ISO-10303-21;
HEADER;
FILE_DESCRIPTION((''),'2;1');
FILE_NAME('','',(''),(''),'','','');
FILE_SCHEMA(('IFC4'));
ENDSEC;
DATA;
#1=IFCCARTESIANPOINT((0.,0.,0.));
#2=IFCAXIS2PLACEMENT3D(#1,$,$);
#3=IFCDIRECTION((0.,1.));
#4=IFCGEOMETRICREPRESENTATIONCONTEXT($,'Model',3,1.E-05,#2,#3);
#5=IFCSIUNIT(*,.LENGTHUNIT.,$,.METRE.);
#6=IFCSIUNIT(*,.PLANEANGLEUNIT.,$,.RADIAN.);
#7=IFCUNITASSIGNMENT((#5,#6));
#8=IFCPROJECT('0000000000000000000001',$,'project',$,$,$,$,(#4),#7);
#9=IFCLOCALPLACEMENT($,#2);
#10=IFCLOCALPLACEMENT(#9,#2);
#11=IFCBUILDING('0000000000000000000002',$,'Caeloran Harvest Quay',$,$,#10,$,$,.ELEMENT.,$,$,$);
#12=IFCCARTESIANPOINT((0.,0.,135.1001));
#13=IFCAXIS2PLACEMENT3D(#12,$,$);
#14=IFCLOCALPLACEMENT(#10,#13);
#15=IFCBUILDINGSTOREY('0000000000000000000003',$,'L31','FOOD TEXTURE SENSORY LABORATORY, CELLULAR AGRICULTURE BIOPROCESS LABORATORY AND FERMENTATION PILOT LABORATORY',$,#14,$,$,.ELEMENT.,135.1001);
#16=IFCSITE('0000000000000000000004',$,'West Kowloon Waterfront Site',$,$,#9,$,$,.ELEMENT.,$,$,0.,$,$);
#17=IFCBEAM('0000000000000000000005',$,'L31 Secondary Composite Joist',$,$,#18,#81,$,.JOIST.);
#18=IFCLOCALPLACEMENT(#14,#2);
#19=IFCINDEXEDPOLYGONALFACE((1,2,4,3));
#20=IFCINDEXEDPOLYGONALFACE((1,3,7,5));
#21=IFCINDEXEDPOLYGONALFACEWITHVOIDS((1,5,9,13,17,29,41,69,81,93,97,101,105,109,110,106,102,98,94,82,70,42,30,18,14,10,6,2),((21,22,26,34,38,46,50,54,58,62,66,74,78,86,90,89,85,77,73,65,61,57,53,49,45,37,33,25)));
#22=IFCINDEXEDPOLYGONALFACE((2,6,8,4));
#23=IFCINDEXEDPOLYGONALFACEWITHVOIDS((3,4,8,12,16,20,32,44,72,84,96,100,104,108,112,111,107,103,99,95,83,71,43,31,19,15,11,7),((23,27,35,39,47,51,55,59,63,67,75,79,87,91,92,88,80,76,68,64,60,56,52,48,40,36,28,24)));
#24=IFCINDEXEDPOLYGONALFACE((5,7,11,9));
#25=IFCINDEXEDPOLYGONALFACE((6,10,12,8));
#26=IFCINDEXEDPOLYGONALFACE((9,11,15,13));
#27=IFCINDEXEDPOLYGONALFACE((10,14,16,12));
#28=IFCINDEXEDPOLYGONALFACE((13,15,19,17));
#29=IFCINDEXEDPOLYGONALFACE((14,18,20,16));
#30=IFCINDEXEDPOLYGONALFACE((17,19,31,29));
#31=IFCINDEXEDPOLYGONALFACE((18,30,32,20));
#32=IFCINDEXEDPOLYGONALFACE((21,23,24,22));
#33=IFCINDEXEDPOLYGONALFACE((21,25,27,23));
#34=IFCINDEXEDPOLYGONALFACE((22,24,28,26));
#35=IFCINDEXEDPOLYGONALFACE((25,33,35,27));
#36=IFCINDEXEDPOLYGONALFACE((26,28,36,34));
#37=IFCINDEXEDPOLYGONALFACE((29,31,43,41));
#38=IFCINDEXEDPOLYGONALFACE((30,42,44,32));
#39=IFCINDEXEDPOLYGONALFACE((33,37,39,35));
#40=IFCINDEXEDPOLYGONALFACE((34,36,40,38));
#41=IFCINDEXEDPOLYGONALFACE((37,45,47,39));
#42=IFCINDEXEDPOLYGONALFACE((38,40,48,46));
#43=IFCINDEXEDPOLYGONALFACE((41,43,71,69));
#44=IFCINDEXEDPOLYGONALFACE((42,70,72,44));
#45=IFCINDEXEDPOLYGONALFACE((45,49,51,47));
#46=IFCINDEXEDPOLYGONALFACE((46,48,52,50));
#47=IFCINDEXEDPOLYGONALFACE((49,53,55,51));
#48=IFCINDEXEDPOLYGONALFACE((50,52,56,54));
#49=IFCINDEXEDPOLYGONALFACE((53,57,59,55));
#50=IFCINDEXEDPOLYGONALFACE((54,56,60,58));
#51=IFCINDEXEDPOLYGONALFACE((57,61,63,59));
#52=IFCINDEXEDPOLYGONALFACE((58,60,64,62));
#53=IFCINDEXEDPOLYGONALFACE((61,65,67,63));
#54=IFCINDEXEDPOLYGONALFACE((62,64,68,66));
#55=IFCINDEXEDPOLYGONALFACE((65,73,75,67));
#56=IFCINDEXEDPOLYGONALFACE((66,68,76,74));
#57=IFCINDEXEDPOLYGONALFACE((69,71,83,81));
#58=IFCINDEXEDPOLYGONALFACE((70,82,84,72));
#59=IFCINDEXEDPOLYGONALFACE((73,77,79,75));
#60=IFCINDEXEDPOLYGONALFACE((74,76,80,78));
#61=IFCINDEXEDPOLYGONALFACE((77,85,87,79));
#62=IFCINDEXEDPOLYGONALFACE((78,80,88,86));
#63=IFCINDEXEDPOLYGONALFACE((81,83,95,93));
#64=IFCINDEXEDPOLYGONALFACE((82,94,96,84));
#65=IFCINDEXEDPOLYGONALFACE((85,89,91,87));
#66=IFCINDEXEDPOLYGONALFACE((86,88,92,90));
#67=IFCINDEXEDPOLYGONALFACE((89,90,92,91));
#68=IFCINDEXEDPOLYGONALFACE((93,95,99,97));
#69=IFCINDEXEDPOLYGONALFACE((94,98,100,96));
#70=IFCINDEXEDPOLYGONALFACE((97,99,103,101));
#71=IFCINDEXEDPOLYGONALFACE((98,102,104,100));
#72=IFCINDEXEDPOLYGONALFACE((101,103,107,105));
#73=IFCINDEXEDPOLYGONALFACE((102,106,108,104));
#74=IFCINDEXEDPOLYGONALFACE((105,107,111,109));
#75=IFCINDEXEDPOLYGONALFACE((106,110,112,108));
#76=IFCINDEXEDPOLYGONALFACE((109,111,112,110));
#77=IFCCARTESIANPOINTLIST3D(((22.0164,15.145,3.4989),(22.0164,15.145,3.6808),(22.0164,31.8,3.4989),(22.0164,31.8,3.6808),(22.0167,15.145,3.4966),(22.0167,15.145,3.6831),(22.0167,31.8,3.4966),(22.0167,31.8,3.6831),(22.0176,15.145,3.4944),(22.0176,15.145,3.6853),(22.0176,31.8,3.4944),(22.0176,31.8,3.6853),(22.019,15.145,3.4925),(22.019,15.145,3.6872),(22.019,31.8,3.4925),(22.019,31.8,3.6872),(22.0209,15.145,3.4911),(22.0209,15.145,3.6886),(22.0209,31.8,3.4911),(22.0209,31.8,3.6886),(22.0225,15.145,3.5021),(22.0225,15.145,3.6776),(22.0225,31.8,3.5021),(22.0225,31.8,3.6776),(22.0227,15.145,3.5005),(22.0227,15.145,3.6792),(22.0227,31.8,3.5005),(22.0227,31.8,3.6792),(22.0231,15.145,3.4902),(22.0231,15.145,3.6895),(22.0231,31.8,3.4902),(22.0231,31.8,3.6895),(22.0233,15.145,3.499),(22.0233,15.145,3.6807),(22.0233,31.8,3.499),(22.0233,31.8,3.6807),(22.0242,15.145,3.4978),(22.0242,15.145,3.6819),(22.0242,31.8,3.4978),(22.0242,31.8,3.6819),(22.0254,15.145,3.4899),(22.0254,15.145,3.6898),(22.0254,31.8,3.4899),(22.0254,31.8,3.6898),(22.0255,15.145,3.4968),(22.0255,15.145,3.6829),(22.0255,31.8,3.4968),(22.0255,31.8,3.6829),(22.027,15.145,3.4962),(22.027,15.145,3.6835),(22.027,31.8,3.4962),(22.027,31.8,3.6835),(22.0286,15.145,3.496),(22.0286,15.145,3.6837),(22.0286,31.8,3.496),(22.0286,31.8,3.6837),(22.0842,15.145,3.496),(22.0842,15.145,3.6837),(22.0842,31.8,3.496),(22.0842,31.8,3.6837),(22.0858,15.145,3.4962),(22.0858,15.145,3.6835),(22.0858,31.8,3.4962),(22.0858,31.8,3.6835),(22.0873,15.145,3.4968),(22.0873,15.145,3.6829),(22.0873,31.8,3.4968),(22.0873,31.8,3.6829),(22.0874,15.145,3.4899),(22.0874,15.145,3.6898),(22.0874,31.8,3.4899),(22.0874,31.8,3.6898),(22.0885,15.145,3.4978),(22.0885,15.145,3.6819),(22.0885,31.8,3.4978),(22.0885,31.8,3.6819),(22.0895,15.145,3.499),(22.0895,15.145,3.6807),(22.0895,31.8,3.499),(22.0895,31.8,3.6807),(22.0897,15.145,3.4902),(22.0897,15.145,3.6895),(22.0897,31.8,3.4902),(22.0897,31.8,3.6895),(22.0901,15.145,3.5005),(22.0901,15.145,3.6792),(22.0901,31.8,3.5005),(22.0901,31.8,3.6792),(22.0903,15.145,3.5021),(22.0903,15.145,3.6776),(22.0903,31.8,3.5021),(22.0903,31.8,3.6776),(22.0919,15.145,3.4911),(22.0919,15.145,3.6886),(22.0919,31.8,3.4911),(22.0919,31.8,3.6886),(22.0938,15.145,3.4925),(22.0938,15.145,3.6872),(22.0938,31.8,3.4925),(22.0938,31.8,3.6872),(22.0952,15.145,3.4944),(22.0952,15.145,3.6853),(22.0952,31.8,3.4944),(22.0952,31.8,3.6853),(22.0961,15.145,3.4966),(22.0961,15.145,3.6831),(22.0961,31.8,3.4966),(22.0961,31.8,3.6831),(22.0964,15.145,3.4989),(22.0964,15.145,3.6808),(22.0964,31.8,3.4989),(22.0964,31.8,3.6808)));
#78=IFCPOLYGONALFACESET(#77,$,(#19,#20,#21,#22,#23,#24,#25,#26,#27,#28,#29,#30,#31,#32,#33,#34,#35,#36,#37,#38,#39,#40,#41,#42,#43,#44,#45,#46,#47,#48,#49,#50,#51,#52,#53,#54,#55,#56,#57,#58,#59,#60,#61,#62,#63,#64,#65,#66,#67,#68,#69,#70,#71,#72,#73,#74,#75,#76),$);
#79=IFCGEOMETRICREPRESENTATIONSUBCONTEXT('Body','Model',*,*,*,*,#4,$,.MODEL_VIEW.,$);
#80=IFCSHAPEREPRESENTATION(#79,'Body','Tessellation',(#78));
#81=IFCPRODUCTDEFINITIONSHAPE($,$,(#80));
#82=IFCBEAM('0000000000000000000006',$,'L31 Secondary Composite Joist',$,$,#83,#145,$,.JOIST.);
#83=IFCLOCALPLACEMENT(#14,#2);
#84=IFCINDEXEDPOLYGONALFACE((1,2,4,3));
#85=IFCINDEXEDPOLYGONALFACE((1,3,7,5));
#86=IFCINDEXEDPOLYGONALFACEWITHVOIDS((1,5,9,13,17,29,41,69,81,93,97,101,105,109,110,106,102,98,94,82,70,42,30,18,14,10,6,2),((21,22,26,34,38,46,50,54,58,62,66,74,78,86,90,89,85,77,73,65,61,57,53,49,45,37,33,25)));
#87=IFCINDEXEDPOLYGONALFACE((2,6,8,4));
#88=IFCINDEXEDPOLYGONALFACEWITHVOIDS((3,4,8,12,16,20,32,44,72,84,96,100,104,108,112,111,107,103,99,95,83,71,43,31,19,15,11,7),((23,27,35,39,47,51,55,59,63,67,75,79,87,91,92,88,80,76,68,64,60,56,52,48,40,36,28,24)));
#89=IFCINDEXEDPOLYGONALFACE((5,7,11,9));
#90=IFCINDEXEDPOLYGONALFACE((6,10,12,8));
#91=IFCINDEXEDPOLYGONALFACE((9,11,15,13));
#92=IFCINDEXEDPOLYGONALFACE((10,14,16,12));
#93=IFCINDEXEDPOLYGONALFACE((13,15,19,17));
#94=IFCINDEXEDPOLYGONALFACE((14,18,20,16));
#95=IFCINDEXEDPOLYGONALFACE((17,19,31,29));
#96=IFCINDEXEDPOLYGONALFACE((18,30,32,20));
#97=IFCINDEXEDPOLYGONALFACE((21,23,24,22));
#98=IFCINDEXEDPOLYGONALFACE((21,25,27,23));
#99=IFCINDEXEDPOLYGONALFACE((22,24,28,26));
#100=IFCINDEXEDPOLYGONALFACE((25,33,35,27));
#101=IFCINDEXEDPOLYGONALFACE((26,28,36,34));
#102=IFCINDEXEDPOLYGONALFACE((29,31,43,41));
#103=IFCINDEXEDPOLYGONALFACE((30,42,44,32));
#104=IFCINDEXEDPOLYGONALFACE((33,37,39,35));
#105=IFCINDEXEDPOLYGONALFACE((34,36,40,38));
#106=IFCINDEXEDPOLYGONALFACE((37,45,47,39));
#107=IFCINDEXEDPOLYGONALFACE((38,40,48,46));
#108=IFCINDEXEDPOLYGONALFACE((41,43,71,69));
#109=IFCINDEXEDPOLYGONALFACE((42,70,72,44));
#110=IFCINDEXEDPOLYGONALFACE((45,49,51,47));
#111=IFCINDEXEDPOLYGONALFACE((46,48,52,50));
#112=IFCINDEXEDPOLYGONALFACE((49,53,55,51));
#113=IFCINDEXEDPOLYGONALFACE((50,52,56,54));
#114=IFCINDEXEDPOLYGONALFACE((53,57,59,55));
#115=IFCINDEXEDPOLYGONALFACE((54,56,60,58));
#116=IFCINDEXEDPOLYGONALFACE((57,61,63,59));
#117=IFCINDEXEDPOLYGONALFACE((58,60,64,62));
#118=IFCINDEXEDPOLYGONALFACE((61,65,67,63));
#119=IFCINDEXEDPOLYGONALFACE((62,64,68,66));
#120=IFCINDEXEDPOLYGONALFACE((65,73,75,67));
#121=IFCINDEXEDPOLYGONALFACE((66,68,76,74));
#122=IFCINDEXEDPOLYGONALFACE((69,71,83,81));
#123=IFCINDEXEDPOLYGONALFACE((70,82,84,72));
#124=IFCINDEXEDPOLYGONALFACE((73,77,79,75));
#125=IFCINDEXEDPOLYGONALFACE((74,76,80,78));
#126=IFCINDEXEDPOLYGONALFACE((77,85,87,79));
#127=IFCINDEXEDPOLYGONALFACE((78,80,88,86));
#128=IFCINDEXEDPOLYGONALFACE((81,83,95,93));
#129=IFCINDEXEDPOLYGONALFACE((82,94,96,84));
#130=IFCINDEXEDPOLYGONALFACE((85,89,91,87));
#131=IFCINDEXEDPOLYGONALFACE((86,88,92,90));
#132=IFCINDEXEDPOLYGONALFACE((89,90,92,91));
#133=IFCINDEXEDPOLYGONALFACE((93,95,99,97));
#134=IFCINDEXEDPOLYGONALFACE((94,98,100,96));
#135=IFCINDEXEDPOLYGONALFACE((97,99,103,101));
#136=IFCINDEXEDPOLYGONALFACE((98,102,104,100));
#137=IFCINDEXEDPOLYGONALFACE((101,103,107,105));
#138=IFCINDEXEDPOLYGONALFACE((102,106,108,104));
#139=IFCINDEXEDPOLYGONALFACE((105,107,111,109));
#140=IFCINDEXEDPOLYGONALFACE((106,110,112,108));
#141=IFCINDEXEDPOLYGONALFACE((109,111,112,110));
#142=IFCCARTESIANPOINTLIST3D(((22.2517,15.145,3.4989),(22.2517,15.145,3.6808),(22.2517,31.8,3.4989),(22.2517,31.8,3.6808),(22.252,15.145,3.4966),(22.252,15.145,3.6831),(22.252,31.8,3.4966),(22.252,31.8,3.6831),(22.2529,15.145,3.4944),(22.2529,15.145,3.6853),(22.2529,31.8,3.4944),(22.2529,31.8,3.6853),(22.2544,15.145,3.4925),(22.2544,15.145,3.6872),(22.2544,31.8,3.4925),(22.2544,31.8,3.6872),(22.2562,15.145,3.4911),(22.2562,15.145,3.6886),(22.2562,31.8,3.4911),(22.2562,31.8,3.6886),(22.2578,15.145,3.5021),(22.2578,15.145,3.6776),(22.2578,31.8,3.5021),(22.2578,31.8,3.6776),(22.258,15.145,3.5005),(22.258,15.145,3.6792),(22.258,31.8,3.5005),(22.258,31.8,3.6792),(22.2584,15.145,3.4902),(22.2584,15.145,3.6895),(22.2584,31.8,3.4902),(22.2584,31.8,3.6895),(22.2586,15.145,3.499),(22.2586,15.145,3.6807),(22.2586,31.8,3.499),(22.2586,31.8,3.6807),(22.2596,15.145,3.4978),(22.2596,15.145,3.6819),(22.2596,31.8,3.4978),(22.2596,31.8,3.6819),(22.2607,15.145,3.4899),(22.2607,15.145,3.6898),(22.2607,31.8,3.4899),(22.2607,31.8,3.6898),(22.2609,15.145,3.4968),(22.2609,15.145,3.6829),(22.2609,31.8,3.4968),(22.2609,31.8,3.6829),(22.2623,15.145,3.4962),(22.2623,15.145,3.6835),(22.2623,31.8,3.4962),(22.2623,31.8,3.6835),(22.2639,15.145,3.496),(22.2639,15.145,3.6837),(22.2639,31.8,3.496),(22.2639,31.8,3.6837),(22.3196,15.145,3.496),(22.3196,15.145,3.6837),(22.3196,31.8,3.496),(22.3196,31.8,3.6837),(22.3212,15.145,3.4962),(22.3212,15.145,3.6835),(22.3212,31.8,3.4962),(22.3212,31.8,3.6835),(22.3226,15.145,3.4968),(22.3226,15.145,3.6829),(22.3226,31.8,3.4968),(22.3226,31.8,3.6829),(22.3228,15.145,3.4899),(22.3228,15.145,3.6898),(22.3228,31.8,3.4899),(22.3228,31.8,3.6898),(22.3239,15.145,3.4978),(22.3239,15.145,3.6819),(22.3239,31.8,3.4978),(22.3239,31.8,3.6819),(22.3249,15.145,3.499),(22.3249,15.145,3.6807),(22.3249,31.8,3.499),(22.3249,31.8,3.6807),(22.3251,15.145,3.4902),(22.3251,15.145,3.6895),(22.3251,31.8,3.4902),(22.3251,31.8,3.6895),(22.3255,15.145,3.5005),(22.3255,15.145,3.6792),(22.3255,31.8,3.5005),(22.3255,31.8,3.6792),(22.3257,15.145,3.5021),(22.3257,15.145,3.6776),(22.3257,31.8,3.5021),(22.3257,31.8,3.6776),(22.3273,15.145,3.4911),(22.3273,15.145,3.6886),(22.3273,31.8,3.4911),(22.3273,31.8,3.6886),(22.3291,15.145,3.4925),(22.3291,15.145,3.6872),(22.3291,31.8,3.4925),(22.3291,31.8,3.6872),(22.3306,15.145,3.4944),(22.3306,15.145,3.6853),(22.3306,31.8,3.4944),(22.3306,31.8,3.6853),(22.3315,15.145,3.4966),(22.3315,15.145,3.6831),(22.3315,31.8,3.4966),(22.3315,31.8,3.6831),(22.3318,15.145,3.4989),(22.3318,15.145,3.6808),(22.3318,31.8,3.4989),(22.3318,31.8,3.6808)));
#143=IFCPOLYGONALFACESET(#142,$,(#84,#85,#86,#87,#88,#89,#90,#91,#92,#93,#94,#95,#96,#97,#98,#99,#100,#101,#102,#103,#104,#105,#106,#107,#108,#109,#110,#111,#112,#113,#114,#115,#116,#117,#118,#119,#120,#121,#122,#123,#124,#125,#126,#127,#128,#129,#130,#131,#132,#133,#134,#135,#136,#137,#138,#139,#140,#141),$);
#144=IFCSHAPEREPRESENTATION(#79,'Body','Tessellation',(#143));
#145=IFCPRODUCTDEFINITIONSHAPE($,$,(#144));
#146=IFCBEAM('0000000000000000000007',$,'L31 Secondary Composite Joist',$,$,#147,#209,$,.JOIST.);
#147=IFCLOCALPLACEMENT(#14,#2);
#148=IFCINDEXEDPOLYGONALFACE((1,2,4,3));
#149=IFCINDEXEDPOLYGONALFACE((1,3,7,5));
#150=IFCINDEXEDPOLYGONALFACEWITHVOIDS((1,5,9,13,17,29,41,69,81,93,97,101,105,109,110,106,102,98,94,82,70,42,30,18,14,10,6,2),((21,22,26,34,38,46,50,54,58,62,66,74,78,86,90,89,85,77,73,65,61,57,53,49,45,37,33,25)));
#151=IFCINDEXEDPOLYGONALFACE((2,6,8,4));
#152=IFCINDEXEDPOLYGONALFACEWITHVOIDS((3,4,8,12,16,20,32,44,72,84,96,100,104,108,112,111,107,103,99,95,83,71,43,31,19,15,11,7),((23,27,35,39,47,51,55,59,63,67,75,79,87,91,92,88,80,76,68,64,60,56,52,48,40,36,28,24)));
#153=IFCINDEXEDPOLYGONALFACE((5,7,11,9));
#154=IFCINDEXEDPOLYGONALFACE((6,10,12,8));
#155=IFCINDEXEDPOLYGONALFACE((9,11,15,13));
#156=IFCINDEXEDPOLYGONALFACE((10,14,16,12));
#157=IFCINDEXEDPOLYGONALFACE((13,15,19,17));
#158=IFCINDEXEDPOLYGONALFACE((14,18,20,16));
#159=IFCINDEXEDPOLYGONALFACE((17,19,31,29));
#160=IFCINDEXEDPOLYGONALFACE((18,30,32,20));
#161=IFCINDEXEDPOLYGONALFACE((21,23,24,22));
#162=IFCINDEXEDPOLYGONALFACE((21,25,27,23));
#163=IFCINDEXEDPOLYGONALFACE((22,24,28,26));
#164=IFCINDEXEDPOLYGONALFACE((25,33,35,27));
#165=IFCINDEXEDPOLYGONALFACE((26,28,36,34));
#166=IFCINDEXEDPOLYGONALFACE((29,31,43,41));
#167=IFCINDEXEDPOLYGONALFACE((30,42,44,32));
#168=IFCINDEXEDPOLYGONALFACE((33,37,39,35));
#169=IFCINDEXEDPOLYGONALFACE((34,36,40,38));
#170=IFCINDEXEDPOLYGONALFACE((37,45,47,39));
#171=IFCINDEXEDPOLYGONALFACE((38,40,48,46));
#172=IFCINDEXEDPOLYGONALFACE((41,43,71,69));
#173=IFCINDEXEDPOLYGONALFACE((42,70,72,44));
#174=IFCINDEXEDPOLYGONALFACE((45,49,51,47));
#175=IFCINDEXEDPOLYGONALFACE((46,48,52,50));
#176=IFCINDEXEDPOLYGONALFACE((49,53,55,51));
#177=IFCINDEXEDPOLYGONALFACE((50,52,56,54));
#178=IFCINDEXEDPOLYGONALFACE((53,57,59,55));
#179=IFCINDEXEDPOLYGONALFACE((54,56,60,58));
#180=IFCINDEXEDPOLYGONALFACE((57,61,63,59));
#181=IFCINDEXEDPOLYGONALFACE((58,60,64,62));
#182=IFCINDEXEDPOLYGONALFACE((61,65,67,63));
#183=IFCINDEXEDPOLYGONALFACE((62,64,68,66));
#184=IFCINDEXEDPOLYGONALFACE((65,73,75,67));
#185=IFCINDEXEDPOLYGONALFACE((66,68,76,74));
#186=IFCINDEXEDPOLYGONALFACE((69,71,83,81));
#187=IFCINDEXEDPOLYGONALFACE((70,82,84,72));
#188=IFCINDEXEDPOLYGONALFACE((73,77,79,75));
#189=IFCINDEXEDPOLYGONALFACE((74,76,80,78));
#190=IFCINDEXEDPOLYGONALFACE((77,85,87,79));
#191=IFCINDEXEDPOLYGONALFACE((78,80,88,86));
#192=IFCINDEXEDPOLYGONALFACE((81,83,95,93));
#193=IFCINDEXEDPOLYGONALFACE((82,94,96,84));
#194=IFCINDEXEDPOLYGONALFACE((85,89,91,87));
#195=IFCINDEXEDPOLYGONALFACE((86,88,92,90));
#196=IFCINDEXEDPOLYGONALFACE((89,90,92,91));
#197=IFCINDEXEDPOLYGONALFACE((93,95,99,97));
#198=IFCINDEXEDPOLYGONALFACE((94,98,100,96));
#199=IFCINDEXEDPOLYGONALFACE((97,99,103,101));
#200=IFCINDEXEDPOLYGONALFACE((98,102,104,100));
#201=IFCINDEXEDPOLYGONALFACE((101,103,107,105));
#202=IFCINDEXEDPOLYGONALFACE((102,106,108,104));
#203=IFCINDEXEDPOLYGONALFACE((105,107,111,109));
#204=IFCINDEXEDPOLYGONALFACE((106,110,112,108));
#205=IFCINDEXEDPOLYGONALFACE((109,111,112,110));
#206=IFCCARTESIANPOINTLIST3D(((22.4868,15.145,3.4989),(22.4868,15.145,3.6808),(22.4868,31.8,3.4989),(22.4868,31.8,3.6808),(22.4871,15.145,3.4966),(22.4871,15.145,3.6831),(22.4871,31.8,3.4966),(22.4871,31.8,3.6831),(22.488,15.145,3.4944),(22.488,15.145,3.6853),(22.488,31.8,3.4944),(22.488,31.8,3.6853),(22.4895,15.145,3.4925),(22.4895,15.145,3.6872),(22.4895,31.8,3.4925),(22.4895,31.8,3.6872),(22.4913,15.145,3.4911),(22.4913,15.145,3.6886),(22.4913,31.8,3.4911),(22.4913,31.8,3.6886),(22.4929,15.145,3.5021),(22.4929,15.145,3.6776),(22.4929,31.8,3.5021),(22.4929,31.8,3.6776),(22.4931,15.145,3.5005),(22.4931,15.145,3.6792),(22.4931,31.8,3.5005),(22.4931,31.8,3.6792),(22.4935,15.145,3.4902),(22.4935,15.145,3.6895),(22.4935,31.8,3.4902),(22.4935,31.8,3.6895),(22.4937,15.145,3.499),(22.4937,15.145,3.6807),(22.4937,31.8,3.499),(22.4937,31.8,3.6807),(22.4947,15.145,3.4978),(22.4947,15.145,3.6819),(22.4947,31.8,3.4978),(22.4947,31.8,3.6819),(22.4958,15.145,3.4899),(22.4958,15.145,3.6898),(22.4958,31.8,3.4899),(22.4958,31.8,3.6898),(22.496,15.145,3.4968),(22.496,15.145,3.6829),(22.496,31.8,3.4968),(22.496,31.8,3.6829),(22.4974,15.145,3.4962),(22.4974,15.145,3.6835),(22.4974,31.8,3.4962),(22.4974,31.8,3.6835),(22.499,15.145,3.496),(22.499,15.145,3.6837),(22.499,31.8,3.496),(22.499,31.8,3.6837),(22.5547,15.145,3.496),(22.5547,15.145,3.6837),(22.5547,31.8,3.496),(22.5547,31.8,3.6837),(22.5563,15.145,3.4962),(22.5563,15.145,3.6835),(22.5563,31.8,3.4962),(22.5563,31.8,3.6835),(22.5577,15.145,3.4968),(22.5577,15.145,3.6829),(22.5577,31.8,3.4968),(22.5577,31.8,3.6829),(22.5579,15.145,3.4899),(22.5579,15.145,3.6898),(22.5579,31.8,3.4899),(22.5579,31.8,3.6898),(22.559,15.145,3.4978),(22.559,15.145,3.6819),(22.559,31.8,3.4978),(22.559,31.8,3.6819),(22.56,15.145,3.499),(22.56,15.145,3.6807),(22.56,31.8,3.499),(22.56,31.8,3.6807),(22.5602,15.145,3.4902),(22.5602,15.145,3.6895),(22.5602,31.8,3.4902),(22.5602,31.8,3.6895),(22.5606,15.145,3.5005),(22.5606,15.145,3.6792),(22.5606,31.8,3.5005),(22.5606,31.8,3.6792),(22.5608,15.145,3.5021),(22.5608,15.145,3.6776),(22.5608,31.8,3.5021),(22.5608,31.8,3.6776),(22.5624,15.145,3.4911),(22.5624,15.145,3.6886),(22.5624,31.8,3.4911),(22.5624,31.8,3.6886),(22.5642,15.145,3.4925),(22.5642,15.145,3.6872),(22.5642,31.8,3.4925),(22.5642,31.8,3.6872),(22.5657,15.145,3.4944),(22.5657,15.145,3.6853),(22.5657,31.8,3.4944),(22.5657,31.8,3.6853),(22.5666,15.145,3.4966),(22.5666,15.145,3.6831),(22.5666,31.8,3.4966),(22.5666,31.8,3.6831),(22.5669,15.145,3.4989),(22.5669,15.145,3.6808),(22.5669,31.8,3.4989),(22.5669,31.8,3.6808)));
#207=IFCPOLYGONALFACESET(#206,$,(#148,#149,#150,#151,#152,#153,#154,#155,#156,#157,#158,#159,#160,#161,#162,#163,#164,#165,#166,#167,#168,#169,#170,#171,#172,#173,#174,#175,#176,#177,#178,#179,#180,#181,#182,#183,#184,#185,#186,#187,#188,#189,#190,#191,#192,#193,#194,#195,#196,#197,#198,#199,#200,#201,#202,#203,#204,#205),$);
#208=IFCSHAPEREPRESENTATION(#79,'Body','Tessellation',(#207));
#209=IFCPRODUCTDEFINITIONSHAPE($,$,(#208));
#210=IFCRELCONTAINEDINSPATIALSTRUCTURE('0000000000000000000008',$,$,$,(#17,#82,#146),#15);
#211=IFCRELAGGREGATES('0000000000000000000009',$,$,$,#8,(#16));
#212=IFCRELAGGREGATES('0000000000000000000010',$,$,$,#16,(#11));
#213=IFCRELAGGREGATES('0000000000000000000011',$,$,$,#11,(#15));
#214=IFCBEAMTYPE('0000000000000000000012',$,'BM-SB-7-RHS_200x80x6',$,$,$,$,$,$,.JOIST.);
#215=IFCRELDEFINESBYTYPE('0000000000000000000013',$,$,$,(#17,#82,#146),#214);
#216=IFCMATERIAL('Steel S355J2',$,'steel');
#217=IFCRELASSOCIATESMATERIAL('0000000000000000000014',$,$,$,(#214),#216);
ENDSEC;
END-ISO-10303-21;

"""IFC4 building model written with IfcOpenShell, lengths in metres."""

from ifc_helpers import new_model, si_unit, direction, frame, origin, origin_2d, place, context, subcontext, project, spatial, hollow_rectangle, extrude, material, material_profile, profile_set, type_object, element, save


model = new_model("IFC4")

# Units and contexts
model_context = context("Model", 3, precision=1e-05, world=origin(), true_north=direction((0.0, 1.0)))
body_context = subcontext(model_context, "Body", "Model", "MODEL_VIEW")
ifc_project = project(units=[si_unit("LENGTHUNIT", "METRE"), si_unit("PLANEANGLEUNIT", "RADIAN")], contexts=[model_context])

# Site, building, storey
site_placement = place(None, origin())
site = spatial("IfcSite", under=ifc_project, at=site_placement, Name="West Kowloon Waterfront Site", CompositionType="ELEMENT", RefElevation=0.0)
building_placement = place(site_placement, origin())
building = spatial("IfcBuilding", under=site, at=building_placement, Name="Caeloran Harvest Quay", CompositionType="ELEMENT")
storey_placement = place(building_placement, frame((0.0, 0.0, 135.1001)))
storey = spatial("IfcBuildingStorey", under=building, at=storey_placement, Name="L31", Description="FOOD TEXTURE SENSORY LABORATORY, CELLULAR AGRICULTURE BIOPROCESS LABORATORY AND FERMENTATION PILOT LABORATORY", CompositionType="ELEMENT", Elevation=135.1001)

# Beams
ifc_material_1 = material(Name="Steel S355J2", Category="steel")
ifc_material_profile_1 = material_profile(ifc_material_1, hollow_rectangle(XDim=0.0801, YDim=0.2, WallThickness=0.0061, InnerFilletRadius=0.0061, OuterFilletRadius=0.009, at=origin_2d()), Name="RHS 200x80x6")
ifc_profile_set_1 = profile_set([ifc_material_profile_1], Name="Steel S355J2")
beam_type_1 = type_object("IfcBeamType", Name="BM-SB-7-RHS_200x80x6", PredefinedType="JOIST", material=ifc_profile_set_1)
for number, where, z_axis, x_axis, name in (
    (1, (22.0564, 15.145, 3.5898), (0.0, 1.0, 0.0), (-1.0, 0.0, 0.0), "L31 Secondary Composite Joist"),
    (2, (22.2917, 15.145, 3.5898), (0.0, 1.0, 0.0), (-1.0, 0.0, 0.0), "L31 Secondary Composite Joist"),
    (3, (22.5269, 15.145, 3.5898), (0.0, 1.0, 0.0), (-1.0, 0.0, 0.0), "L31 Secondary Composite Joist"),
):
    element("IfcBeam", number, at=place(storey_placement, frame(where, z_axis=z_axis, x_axis=x_axis)), inside=storey, type_object=beam_type_1, Name=name, PredefinedType="JOIST", context=body_context, shape_type="SweptSolid", body=[
        extrude(hollow_rectangle(XDim=0.0801, YDim=0.2, WallThickness=0.0061, InnerFilletRadius=0.0061, OuterFilletRadius=0.009, at=origin_2d()), origin(), (0.0, 0.0, 1.0), 16.655),
    ])

save(model, "model.ifc")
